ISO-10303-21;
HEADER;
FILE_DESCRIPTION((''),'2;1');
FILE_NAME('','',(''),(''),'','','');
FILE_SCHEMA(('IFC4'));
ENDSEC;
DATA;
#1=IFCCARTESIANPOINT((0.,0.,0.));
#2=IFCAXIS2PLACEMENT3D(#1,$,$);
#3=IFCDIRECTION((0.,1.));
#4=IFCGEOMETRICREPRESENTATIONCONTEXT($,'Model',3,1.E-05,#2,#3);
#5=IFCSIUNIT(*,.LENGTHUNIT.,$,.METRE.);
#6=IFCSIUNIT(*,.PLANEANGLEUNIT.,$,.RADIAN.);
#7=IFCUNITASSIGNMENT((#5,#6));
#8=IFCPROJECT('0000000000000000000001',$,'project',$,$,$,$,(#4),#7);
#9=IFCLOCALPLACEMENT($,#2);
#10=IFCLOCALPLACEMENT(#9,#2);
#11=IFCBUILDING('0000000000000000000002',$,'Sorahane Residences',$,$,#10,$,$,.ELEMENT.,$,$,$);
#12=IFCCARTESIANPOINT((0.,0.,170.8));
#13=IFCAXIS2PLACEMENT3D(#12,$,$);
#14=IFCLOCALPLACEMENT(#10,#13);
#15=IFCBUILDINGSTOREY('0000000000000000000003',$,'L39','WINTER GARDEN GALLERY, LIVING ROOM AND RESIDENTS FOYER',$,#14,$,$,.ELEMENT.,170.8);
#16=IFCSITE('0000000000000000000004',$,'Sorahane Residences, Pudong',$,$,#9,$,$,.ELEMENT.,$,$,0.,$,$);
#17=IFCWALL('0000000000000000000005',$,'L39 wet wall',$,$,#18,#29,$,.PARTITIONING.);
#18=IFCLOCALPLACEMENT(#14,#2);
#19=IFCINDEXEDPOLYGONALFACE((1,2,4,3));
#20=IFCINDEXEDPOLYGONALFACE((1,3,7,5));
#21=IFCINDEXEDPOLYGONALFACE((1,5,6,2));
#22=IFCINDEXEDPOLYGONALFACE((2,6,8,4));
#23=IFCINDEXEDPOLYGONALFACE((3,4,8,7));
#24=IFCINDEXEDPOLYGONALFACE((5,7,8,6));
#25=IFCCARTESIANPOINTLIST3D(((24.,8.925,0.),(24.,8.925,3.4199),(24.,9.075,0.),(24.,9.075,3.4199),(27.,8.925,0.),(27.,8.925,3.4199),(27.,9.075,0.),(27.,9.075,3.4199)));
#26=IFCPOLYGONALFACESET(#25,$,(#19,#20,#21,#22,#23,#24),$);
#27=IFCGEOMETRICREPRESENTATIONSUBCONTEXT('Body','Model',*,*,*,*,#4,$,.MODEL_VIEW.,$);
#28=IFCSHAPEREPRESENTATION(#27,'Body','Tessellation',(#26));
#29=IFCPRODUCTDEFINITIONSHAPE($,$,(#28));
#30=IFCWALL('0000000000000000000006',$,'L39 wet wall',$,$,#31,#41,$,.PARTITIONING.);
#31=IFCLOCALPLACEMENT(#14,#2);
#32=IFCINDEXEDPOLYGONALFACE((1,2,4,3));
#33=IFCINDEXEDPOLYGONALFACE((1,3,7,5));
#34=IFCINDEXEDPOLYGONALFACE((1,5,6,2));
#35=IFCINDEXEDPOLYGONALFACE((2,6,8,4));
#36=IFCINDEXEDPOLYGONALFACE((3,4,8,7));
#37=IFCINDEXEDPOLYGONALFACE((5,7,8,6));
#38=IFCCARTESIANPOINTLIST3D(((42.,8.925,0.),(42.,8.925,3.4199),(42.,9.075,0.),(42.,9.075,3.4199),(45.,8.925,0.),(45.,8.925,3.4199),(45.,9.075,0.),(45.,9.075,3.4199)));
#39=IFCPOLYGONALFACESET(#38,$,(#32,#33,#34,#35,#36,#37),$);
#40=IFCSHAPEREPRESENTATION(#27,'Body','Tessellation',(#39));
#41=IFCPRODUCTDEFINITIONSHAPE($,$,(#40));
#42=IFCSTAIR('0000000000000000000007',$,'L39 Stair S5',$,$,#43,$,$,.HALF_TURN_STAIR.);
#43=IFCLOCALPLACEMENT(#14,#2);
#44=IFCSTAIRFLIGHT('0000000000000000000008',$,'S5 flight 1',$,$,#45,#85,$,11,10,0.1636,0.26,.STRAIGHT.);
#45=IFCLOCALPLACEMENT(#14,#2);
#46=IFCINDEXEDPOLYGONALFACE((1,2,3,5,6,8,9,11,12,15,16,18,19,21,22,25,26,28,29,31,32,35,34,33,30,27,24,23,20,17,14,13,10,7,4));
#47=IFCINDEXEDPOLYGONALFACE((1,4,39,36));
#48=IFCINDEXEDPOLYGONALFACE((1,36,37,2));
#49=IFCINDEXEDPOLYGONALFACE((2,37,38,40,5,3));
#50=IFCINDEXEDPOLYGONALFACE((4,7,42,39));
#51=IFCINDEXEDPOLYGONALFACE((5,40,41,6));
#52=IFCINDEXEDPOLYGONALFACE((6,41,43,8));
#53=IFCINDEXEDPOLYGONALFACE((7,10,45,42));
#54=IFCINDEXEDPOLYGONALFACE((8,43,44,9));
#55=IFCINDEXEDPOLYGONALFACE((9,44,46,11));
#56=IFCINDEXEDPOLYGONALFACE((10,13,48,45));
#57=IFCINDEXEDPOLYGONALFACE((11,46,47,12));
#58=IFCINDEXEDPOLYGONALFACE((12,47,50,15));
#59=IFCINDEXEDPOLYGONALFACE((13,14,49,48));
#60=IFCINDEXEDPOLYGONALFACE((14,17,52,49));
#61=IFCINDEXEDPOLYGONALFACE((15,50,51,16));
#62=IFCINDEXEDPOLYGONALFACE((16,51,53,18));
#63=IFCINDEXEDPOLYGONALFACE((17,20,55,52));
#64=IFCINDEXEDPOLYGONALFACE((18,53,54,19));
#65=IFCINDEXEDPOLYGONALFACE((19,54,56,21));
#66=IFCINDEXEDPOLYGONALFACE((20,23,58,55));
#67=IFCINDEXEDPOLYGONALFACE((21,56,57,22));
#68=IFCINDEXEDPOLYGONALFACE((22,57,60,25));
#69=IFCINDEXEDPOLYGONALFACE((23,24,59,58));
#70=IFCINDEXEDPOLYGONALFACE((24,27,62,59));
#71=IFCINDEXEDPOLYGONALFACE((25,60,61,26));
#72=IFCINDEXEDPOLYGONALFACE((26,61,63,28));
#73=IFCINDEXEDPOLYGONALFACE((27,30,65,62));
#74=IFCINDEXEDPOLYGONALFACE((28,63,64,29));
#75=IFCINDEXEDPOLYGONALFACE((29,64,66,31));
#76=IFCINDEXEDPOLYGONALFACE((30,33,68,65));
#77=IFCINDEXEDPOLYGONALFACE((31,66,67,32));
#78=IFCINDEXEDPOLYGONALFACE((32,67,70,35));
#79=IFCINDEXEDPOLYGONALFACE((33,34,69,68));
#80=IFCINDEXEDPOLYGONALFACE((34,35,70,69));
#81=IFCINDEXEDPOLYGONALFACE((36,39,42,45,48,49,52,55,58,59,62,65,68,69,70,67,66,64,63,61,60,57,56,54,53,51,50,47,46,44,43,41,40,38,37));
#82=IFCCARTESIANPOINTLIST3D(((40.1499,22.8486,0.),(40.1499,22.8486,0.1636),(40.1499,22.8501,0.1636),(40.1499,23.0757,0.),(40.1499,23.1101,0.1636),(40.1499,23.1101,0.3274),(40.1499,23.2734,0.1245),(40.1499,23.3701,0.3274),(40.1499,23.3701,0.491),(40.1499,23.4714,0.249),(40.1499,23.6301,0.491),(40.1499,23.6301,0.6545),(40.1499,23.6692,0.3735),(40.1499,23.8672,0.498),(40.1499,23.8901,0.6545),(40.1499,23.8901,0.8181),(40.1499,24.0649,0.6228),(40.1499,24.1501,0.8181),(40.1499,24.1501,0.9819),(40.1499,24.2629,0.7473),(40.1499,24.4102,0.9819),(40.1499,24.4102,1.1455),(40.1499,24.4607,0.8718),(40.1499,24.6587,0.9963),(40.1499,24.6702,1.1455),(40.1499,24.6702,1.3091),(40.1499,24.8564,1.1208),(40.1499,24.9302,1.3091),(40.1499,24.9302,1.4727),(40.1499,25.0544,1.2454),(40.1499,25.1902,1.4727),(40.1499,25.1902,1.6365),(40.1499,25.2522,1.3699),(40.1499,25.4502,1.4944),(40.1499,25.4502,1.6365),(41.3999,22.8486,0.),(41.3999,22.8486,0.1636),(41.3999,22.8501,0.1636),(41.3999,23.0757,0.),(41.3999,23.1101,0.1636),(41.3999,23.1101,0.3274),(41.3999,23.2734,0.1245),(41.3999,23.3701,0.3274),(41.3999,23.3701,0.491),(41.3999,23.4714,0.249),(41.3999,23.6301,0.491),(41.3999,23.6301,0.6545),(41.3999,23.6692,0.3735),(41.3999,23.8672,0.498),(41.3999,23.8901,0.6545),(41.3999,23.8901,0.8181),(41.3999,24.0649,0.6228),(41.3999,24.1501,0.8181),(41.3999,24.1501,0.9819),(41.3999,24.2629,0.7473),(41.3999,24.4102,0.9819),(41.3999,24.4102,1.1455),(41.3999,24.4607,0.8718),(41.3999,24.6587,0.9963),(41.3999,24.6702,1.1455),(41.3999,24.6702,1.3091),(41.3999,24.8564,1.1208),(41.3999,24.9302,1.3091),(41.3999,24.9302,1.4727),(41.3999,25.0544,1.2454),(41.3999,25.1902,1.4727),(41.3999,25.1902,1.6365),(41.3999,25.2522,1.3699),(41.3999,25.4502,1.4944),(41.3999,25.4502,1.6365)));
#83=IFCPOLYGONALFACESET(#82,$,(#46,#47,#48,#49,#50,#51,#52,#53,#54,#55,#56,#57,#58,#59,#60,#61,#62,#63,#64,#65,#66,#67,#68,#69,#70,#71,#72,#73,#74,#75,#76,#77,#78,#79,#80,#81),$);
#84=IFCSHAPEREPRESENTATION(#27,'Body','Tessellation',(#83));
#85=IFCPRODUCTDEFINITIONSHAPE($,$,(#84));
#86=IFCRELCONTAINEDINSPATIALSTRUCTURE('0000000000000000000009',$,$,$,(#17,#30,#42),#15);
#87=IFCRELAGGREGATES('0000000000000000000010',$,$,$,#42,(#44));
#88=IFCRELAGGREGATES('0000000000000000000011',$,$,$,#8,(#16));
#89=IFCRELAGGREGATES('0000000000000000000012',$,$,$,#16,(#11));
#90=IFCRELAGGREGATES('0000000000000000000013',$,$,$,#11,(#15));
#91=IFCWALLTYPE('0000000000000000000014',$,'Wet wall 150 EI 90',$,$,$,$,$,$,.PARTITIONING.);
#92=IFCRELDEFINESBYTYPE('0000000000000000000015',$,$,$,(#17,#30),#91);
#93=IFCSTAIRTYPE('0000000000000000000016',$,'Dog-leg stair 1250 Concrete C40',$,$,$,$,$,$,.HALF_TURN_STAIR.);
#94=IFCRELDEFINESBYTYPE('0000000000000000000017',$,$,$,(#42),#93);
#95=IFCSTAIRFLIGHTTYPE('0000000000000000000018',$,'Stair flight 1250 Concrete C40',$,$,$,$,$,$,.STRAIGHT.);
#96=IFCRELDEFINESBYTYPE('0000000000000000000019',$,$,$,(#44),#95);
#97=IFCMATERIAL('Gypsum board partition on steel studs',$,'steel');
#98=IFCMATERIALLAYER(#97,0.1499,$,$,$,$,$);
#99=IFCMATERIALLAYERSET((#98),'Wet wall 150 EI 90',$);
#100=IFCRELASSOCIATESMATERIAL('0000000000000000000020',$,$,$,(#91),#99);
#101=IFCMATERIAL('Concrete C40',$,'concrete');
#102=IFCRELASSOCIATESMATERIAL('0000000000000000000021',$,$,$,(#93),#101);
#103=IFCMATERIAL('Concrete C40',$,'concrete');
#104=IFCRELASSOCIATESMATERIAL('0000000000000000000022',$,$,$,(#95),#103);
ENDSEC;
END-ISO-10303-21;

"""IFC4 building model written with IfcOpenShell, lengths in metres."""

from ifc_helpers import new_model, si_unit, direction, frame, frame_2d, origin, place, context, subcontext, project, spatial, polyline, rectangle, outline, extrude, material, layer, layer_set, type_object, element, aggregate, save


model = new_model("IFC4")

# Units and contexts
model_context = context("Model", 3, precision=1e-05, world=origin(), true_north=direction((0.0, 1.0)))
body_context = subcontext(model_context, "Body", "Model", "MODEL_VIEW")
ifc_project = project(units=[si_unit("LENGTHUNIT", "METRE"), si_unit("PLANEANGLEUNIT", "RADIAN")], contexts=[model_context])

# Site, building, storey
site_placement = place(None, origin())
site = spatial("IfcSite", under=ifc_project, at=site_placement, Name="Sorahane Residences, Pudong", CompositionType="ELEMENT", RefElevation=0.0)
building_placement = place(site_placement, origin())
building = spatial("IfcBuilding", under=site, at=building_placement, Name="Sorahane Residences", CompositionType="ELEMENT")
storey_placement = place(building_placement, frame((0.0, 0.0, 170.8)))
storey = spatial("IfcBuildingStorey", under=building, at=storey_placement, Name="L39", Description="WINTER GARDEN GALLERY, LIVING ROOM AND RESIDENTS FOYER", CompositionType="ELEMENT", Elevation=170.8)

# Walls
ifc_material_1 = material(Name="Gypsum board partition on steel studs", Category="steel")
ifc_layer_1 = layer(ifc_material_1, 0.1499)
ifc_layer_set_1 = layer_set([ifc_layer_1], Name="Wet wall 150 EI 90")
wall_type_1 = type_object("IfcWallType", Name="Wet wall 150 EI 90", PredefinedType="PARTITIONING", material=ifc_layer_set_1)
for number, where, z_axis, x_axis, name in (
    (1, (24.0, 9.0, 0.0), (0.0, 0.0, 1.0), (1.0, 0.0, 0.0), "L39 wet wall"),
    (2, (42.0, 9.0, 0.0), (0.0, 0.0, 1.0), (1.0, 0.0, 0.0), "L39 wet wall"),
):
    element("IfcWall", number, at=place(storey_placement, frame(where, z_axis=z_axis, x_axis=x_axis)), inside=storey, type_object=wall_type_1, Name=name, PredefinedType="PARTITIONING", context=body_context, shape_type="SweptSolid", body=[
        extrude(rectangle(XDim=3.0, YDim=0.1499, at=frame_2d((1.5, 0.0))), origin(), (0.0, 0.0, 1.0), 3.4199),
    ])

# Stair, stair flight
ifc_material_2 = material(Name="Concrete C40", Category="concrete")
stair_type = type_object("IfcStairType", Name="Dog-leg stair 1250 Concrete C40", PredefinedType="HALF_TURN_STAIR", material=ifc_material_2)
stair_placement = place(storey_placement, origin())
stair = element("IfcStair", 3, at=stair_placement, inside=storey, type_object=stair_type, Name="L39 Stair S5", PredefinedType="HALF_TURN_STAIR")
ifc_material_3 = material(Name="Concrete C40", Category="concrete")
stair_flight_type = type_object("IfcStairFlightType", Name="Stair flight 1250 Concrete C40", PredefinedType="STRAIGHT", material=ifc_material_3)
stair_flight_placement = place(storey_placement, frame((40.7749, 22.8501, 0.0), z_axis=(0.0, 0.0, 1.0), x_axis=(0.0, 1.0, 0.0)))
stair_flight = element("IfcStairFlight", 4, at=stair_flight_placement, type_object=stair_flight_type, Name="S5 flight 1", NumberOfRisers=11, NumberOfTreads=10, PredefinedType="STRAIGHT", RiserHeight=0.1636, TreadLength=0.26, context=body_context, shape_type="SweptSolid", body=[
    extrude(outline(polyline([(-0.0015, 0.0), (-0.0015, 0.1636), (0.0, 0.1636), (0.26, 0.1636), (0.26, 0.3274), (0.52, 0.3274), (0.52, 0.491), (0.78, 0.491), (0.78, 0.6545), (1.04, 0.6545), (1.04, 0.8181), (1.3, 0.8181), (1.3, 0.9819), (1.5601, 0.9819), (1.5601, 1.1455), (1.8201, 1.1455), (1.8201, 1.3091), (2.0801, 1.3091), (2.0801, 1.4727), (2.3401, 1.4727), (2.3401, 1.6365), (2.6001, 1.6365), (2.6001, 1.8), (2.6001, 1.4944), (2.4021, 1.3699), (2.2043, 1.2454), (2.0063, 1.1208), (1.8086, 0.9963), (1.6106, 0.8718), (1.4128, 0.7473), (1.2148, 0.6228), (1.0171, 0.498), (0.8191, 0.3735), (0.6213, 0.249), (0.4233, 0.1245), (0.2256, 0.0), (-0.0015, 0.0)])), frame((0.0, 0.625, 0.0), z_axis=(0.0, -1.0, 0.0), x_axis=(1.0, 0.0, 0.0)), (0.0, 0.0, 1.0), 1.25),
])
aggregate(stair, [stair_flight])

save(model, "model.ifc")
